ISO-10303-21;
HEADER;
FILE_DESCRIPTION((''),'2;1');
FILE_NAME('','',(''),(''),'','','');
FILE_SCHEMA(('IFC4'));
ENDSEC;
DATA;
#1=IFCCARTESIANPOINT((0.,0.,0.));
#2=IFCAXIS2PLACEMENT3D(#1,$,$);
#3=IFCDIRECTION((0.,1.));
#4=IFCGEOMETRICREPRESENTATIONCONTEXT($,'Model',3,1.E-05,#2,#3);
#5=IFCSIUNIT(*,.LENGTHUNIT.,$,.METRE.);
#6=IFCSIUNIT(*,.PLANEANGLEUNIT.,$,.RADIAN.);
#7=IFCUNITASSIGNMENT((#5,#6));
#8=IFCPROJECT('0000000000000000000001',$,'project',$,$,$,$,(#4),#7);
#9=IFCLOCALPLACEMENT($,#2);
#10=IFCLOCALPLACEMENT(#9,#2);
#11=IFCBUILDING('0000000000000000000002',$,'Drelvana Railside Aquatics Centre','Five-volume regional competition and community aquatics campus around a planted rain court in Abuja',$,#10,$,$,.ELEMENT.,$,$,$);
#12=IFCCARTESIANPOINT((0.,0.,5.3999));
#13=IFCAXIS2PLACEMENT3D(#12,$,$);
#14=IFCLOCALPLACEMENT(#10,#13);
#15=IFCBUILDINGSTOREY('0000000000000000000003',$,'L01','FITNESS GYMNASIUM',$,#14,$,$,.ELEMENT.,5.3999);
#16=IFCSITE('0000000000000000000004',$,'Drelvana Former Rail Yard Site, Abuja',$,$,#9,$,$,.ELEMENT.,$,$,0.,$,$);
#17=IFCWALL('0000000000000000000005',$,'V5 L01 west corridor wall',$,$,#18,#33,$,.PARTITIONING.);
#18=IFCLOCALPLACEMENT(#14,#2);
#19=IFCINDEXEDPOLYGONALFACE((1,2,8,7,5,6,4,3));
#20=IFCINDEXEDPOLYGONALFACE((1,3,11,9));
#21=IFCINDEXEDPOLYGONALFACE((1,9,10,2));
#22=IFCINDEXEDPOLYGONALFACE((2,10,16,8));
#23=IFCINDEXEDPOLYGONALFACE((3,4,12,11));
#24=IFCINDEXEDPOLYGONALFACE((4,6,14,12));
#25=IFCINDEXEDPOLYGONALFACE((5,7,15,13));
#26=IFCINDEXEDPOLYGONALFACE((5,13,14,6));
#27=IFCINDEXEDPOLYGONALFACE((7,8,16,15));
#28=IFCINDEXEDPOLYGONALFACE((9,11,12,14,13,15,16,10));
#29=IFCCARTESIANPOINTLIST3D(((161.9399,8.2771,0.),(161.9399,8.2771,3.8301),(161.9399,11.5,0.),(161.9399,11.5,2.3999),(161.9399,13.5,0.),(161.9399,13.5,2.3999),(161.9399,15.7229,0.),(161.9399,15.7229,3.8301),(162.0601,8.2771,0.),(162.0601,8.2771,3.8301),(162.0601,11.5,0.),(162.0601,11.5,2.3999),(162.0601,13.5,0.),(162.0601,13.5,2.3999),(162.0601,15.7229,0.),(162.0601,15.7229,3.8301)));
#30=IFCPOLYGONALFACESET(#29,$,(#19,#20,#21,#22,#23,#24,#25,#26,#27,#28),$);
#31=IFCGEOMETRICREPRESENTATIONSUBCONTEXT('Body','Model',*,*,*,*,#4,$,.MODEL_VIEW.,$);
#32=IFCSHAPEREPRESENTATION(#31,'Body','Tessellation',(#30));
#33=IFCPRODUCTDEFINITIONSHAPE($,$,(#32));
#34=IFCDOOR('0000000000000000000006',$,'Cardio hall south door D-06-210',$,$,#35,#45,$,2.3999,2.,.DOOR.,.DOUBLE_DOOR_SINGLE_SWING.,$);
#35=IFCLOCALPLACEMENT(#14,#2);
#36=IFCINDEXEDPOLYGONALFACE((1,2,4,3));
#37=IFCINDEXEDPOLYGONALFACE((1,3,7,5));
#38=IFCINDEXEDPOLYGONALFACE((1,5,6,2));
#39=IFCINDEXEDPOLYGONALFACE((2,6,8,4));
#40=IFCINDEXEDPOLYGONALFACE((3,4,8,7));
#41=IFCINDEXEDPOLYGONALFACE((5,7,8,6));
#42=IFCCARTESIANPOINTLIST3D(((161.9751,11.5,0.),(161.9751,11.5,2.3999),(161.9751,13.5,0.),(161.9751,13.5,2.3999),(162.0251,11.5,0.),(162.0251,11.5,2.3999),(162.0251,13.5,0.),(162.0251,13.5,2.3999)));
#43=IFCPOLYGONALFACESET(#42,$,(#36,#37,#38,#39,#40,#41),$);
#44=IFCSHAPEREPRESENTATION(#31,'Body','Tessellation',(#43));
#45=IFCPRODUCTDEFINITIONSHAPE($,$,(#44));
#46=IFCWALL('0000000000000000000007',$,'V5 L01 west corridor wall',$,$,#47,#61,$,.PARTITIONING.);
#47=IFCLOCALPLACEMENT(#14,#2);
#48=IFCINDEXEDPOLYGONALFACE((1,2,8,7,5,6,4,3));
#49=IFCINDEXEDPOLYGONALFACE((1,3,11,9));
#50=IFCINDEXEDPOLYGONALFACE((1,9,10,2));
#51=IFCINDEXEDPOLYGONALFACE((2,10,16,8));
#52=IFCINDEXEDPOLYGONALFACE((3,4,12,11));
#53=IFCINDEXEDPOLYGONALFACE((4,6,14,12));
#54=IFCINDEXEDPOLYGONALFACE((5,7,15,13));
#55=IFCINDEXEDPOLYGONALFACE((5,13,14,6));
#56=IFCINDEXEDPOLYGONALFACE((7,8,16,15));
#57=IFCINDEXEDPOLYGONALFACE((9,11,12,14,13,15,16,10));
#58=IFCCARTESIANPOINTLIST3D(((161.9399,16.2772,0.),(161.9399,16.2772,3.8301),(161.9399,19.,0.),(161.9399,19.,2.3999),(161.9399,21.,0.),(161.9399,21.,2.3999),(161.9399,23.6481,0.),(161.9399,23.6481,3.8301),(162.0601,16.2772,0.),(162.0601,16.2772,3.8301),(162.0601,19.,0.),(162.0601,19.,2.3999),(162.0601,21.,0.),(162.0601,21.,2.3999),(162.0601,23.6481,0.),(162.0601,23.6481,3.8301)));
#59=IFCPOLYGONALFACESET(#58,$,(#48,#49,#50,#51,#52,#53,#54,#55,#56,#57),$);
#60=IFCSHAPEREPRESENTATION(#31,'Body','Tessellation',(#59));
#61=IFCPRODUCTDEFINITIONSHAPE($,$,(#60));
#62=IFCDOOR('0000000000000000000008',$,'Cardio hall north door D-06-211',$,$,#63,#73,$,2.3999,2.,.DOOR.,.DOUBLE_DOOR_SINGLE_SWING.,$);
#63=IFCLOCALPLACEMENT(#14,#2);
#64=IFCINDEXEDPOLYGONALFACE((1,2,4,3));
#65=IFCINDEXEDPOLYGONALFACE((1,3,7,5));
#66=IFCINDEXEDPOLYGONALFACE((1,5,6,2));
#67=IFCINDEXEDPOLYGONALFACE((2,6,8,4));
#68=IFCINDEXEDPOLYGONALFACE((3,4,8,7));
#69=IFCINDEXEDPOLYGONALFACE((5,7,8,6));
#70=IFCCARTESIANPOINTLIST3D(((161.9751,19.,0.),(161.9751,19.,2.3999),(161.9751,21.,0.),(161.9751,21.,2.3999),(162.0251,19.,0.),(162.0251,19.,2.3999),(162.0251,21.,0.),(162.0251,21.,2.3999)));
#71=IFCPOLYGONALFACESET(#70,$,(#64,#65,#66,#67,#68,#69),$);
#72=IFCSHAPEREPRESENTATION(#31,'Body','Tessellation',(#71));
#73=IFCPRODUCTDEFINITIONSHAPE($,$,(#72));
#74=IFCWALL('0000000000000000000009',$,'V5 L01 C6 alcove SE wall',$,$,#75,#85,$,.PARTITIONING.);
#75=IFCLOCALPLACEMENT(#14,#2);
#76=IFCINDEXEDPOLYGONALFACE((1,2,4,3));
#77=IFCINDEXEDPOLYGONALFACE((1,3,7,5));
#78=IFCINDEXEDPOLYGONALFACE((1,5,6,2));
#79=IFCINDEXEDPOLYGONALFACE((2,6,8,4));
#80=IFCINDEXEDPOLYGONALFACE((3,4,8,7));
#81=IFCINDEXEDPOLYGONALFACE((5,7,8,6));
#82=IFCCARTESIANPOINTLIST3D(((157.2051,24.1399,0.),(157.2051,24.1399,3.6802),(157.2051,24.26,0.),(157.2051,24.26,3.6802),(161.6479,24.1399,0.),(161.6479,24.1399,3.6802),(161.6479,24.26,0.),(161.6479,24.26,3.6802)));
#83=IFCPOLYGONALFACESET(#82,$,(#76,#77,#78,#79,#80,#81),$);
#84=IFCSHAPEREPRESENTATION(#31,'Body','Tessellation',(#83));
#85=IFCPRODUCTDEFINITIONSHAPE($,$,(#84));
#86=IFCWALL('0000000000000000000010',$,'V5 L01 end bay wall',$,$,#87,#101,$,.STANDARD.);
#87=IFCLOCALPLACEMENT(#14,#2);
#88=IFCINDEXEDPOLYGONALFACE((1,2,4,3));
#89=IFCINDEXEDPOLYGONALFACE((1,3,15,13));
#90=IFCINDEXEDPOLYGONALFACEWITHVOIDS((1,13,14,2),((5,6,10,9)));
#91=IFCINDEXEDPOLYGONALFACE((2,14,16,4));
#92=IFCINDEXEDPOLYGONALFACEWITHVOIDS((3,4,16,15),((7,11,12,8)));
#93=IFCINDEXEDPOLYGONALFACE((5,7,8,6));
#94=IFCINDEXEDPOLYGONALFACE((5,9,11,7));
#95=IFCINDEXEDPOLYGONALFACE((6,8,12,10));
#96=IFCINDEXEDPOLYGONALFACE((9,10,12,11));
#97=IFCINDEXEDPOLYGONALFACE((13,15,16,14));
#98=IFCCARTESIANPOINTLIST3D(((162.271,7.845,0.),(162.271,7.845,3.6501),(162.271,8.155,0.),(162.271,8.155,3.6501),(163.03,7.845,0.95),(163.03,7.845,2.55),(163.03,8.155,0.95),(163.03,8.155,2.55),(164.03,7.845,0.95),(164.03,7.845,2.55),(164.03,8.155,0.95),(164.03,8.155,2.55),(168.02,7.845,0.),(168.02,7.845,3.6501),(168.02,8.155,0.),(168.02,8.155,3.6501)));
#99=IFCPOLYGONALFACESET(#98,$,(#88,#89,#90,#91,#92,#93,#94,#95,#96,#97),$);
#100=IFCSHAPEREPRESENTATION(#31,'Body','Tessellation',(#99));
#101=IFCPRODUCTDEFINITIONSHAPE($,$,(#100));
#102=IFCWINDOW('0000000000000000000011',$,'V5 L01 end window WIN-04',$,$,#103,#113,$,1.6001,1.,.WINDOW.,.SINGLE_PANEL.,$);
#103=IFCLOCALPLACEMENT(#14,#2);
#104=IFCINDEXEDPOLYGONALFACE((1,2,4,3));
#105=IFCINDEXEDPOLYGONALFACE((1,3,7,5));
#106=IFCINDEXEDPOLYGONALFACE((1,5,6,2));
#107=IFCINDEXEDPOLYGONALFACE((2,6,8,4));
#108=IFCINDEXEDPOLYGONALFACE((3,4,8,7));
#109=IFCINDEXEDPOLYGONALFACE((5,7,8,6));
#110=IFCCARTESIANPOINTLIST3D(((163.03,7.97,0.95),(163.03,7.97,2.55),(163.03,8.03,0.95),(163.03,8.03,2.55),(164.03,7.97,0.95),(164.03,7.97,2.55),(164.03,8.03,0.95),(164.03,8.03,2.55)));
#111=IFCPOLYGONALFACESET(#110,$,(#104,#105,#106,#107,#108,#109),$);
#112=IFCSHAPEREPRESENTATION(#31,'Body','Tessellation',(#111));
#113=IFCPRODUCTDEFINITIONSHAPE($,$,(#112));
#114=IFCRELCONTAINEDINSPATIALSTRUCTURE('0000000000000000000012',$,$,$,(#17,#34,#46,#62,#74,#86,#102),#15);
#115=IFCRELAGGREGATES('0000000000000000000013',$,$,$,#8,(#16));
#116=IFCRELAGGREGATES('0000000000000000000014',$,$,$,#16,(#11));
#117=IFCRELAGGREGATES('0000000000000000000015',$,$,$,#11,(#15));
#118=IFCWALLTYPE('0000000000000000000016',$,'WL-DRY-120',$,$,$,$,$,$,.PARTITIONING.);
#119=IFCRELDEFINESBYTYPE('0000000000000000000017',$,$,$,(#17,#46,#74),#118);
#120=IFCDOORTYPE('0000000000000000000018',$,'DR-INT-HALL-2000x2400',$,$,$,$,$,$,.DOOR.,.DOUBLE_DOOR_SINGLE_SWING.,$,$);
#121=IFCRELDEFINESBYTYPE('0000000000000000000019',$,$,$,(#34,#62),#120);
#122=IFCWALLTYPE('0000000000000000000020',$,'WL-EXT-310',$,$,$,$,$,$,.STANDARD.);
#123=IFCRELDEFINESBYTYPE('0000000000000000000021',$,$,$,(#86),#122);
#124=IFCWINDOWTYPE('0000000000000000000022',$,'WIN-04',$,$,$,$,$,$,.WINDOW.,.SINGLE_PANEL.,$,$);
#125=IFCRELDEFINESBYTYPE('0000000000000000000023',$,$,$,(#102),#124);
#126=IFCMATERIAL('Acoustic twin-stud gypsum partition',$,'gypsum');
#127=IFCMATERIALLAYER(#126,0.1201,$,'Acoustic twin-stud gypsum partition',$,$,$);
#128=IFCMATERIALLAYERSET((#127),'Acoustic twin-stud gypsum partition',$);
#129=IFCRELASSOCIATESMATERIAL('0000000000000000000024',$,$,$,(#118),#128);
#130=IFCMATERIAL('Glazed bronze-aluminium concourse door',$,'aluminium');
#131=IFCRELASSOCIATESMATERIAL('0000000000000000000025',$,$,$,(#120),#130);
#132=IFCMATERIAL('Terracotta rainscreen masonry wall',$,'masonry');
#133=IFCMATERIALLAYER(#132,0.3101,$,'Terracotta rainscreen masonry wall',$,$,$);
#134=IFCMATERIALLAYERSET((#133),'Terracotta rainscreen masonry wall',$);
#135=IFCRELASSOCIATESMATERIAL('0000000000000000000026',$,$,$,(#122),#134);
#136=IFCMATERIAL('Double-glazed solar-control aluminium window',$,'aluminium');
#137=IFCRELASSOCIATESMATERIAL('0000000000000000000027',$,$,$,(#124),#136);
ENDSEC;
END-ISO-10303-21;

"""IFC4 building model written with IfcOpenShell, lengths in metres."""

from ifc_helpers import new_model, si_unit, direction, frame, frame_2d, origin, place, context, subcontext, project, spatial, rectangle, extrude, material, layer, layer_set, type_object, element, fill, save


model = new_model("IFC4")

# Units and contexts
model_context = context("Model", 3, precision=1e-05, world=origin(), true_north=direction((0.0, 1.0)))
body_context = subcontext(model_context, "Body", "Model", "MODEL_VIEW")
ifc_project = project(units=[si_unit("LENGTHUNIT", "METRE"), si_unit("PLANEANGLEUNIT", "RADIAN")], contexts=[model_context])

# Site, building, storey
site_placement = place(None, origin())
site = spatial("IfcSite", under=ifc_project, at=site_placement, Name="Drelvana Former Rail Yard Site, Abuja", CompositionType="ELEMENT", RefElevation=0.0)
building_placement = place(site_placement, origin())
building = spatial("IfcBuilding", under=site, at=building_placement, Name="Drelvana Railside Aquatics Centre", Description="Five-volume regional competition and community aquatics campus around a planted rain court in Abuja", CompositionType="ELEMENT")
storey_placement = place(building_placement, frame((0.0, 0.0, 5.3999)))
storey = spatial("IfcBuildingStorey", under=building, at=storey_placement, Name="L01", Description="FITNESS GYMNASIUM", CompositionType="ELEMENT", Elevation=5.3999)

# Walls, openings, doors
ifc_material_1 = material(Name="Acoustic twin-stud gypsum partition", Category="gypsum")
ifc_layer_1 = layer(ifc_material_1, 0.1201, Name="Acoustic twin-stud gypsum partition")
ifc_layer_set_1 = layer_set([ifc_layer_1], Name="Acoustic twin-stud gypsum partition")
wall_type_1 = type_object("IfcWallType", Name="WL-DRY-120", PredefinedType="PARTITIONING", material=ifc_layer_set_1)
wall_1_placement = place(storey_placement, frame((162.0, 8.2771, 0.0), z_axis=(0.0, 0.0, 1.0), x_axis=(0.0, 1.0, 0.0)))
wall_1 = element("IfcWall", 1, at=wall_1_placement, inside=storey, type_object=wall_type_1, Name="V5 L01 west corridor wall", PredefinedType="PARTITIONING", context=body_context, shape_type="SweptSolid", body=[
    extrude(rectangle(XDim=7.4458, YDim=0.1201, at=frame_2d((3.7229, 0.0))), origin(), (0.0, 0.0, 1.0), 3.8301),
])
opening_1_placement = place(wall_1_placement, frame((3.2229, 0.0, 0.0)))
opening_1 = element("IfcOpeningElement", 2, at=opening_1_placement, cuts=wall_1, PredefinedType="OPENING", context=body_context, shape_type="SweptSolid", body=[
    extrude(rectangle(XDim=2.0, YDim=2.3999, at=frame_2d((1.0, 1.2))), frame((0.0, 0.0701, 0.0), z_axis=(0.0, -1.0, 0.0), x_axis=(1.0, 0.0, 0.0)), (0.0, 0.0, 1.0), 0.1401),
])
ifc_material_2 = material(Name="Glazed bronze-aluminium concourse door", Category="aluminium")
door_type = type_object("IfcDoorType", Name="DR-INT-HALL-2000x2400", OperationType="DOUBLE_DOOR_SINGLE_SWING", PredefinedType="DOOR", material=ifc_material_2)
door_1_placement = place(opening_1_placement, origin())
door_1 = element("IfcDoor", 3, at=door_1_placement, inside=storey, type_object=door_type, Name="Cardio hall south door D-06-210", OperationType="DOUBLE_DOOR_SINGLE_SWING", OverallHeight=2.3999, OverallWidth=2.0, PredefinedType="DOOR", context=body_context, shape_type="SweptSolid", body=[
    extrude(rectangle(XDim=2.0, YDim=2.3999, at=frame_2d((1.0, 1.2))), frame((0.0, 0.0249, 0.0), z_axis=(0.0, -1.0, 0.0), x_axis=(1.0, 0.0, 0.0)), (0.0, 0.0, 1.0), 0.05),
])
fill(opening_1, door_1)
wall_2_placement = place(storey_placement, frame((162.0, 16.2771, 0.0), z_axis=(0.0, 0.0, 1.0), x_axis=(0.0, 1.0, 0.0)))
wall_2 = element("IfcWall", 4, at=wall_2_placement, inside=storey, type_object=wall_type_1, Name="V5 L01 west corridor wall", PredefinedType="PARTITIONING", context=body_context, shape_type="SweptSolid", body=[
    extrude(rectangle(XDim=7.3708, YDim=0.1201, at=frame_2d((3.6855, 0.0))), origin(), (0.0, 0.0, 1.0), 3.8301),
])
opening_2_placement = place(wall_2_placement, frame((2.7229, 0.0, 0.0)))
opening_2 = element("IfcOpeningElement", 5, at=opening_2_placement, cuts=wall_2, PredefinedType="OPENING", context=body_context, shape_type="SweptSolid", body=[
    extrude(rectangle(XDim=2.0, YDim=2.3999, at=frame_2d((1.0, 1.2))), frame((0.0, 0.0701, 0.0), z_axis=(0.0, -1.0, 0.0), x_axis=(1.0, 0.0, 0.0)), (0.0, 0.0, 1.0), 0.1401),
])
door_2_placement = place(opening_2_placement, origin())
door_2 = element("IfcDoor", 6, at=door_2_placement, inside=storey, type_object=door_type, Name="Cardio hall north door D-06-211", OperationType="DOUBLE_DOOR_SINGLE_SWING", OverallHeight=2.3999, OverallWidth=2.0, PredefinedType="DOOR", context=body_context, shape_type="SweptSolid", body=[
    extrude(rectangle(XDim=2.0, YDim=2.3999, at=frame_2d((1.0, 1.2))), frame((0.0, 0.0249, 0.0), z_axis=(0.0, -1.0, 0.0), x_axis=(1.0, 0.0, 0.0)), (0.0, 0.0, 1.0), 0.05),
])
fill(opening_2, door_2)

# Wall
wall_3_placement = place(storey_placement, frame((157.2051, 24.2, 0.0), z_axis=(0.0, 0.0, 1.0), x_axis=(1.0, 0.0, 0.0)))
element("IfcWall", 7, at=wall_3_placement, inside=storey, type_object=wall_type_1, Name="V5 L01 C6 alcove SE wall", PredefinedType="PARTITIONING", context=body_context, shape_type="SweptSolid", body=[
    extrude(rectangle(XDim=4.4429, YDim=0.1201, at=frame_2d((2.2214, 0.0))), origin(), (0.0, 0.0, 1.0), 3.6802),
])

# Wall, opening, window
ifc_material_3 = material(Name="Terracotta rainscreen masonry wall", Category="masonry")
ifc_layer_2 = layer(ifc_material_3, 0.3101, Name="Terracotta rainscreen masonry wall")
ifc_layer_set_2 = layer_set([ifc_layer_2], Name="Terracotta rainscreen masonry wall")
wall_type_2 = type_object("IfcWallType", Name="WL-EXT-310", PredefinedType="STANDARD", material=ifc_layer_set_2)
wall_4_placement = place(storey_placement, frame((162.271, 8.0, 0.0), z_axis=(0.0, 0.0, 1.0), x_axis=(1.0, 0.0, 0.0)))
wall_4 = element("IfcWall", 8, at=wall_4_placement, inside=storey, type_object=wall_type_2, Name="V5 L01 end bay wall", PredefinedType="STANDARD", context=body_context, shape_type="SweptSolid", body=[
    extrude(rectangle(XDim=5.749, YDim=0.3101, at=frame_2d((2.8745, 0.0))), origin(), (0.0, 0.0, 1.0), 3.6501),
])
opening_3_placement = place(wall_4_placement, frame((0.759, 0.0, 0.95)))
opening_3 = element("IfcOpeningElement", 9, at=opening_3_placement, cuts=wall_4, PredefinedType="OPENING", context=body_context, shape_type="SweptSolid", body=[
    extrude(rectangle(XDim=1.0, YDim=1.6001, at=frame_2d((0.5, 0.8))), frame((0.0, 0.165, 0.0), z_axis=(0.0, -1.0, 0.0), x_axis=(1.0, 0.0, 0.0)), (0.0, 0.0, 1.0), 0.3301),
])
ifc_material_4 = material(Name="Double-glazed solar-control aluminium window", Category="aluminium")
window_type = type_object("IfcWindowType", Name="WIN-04", PartitioningType="SINGLE_PANEL", PredefinedType="WINDOW", material=ifc_material_4)
window_placement = place(opening_3_placement, origin())
window = element("IfcWindow", 10, at=window_placement, inside=storey, type_object=window_type, Name="V5 L01 end window WIN-04", OverallHeight=1.6001, OverallWidth=1.0, PartitioningType="SINGLE_PANEL", PredefinedType="WINDOW", context=body_context, shape_type="SweptSolid", body=[
    extrude(rectangle(XDim=1.0, YDim=1.6001, at=frame_2d((0.5, 0.8))), frame((0.0, 0.03, 0.0), z_axis=(0.0, -1.0, 0.0), x_axis=(1.0, 0.0, 0.0)), (0.0, 0.0, 1.0), 0.0601),
])
fill(opening_3, window)

save(model, "model.ifc")
